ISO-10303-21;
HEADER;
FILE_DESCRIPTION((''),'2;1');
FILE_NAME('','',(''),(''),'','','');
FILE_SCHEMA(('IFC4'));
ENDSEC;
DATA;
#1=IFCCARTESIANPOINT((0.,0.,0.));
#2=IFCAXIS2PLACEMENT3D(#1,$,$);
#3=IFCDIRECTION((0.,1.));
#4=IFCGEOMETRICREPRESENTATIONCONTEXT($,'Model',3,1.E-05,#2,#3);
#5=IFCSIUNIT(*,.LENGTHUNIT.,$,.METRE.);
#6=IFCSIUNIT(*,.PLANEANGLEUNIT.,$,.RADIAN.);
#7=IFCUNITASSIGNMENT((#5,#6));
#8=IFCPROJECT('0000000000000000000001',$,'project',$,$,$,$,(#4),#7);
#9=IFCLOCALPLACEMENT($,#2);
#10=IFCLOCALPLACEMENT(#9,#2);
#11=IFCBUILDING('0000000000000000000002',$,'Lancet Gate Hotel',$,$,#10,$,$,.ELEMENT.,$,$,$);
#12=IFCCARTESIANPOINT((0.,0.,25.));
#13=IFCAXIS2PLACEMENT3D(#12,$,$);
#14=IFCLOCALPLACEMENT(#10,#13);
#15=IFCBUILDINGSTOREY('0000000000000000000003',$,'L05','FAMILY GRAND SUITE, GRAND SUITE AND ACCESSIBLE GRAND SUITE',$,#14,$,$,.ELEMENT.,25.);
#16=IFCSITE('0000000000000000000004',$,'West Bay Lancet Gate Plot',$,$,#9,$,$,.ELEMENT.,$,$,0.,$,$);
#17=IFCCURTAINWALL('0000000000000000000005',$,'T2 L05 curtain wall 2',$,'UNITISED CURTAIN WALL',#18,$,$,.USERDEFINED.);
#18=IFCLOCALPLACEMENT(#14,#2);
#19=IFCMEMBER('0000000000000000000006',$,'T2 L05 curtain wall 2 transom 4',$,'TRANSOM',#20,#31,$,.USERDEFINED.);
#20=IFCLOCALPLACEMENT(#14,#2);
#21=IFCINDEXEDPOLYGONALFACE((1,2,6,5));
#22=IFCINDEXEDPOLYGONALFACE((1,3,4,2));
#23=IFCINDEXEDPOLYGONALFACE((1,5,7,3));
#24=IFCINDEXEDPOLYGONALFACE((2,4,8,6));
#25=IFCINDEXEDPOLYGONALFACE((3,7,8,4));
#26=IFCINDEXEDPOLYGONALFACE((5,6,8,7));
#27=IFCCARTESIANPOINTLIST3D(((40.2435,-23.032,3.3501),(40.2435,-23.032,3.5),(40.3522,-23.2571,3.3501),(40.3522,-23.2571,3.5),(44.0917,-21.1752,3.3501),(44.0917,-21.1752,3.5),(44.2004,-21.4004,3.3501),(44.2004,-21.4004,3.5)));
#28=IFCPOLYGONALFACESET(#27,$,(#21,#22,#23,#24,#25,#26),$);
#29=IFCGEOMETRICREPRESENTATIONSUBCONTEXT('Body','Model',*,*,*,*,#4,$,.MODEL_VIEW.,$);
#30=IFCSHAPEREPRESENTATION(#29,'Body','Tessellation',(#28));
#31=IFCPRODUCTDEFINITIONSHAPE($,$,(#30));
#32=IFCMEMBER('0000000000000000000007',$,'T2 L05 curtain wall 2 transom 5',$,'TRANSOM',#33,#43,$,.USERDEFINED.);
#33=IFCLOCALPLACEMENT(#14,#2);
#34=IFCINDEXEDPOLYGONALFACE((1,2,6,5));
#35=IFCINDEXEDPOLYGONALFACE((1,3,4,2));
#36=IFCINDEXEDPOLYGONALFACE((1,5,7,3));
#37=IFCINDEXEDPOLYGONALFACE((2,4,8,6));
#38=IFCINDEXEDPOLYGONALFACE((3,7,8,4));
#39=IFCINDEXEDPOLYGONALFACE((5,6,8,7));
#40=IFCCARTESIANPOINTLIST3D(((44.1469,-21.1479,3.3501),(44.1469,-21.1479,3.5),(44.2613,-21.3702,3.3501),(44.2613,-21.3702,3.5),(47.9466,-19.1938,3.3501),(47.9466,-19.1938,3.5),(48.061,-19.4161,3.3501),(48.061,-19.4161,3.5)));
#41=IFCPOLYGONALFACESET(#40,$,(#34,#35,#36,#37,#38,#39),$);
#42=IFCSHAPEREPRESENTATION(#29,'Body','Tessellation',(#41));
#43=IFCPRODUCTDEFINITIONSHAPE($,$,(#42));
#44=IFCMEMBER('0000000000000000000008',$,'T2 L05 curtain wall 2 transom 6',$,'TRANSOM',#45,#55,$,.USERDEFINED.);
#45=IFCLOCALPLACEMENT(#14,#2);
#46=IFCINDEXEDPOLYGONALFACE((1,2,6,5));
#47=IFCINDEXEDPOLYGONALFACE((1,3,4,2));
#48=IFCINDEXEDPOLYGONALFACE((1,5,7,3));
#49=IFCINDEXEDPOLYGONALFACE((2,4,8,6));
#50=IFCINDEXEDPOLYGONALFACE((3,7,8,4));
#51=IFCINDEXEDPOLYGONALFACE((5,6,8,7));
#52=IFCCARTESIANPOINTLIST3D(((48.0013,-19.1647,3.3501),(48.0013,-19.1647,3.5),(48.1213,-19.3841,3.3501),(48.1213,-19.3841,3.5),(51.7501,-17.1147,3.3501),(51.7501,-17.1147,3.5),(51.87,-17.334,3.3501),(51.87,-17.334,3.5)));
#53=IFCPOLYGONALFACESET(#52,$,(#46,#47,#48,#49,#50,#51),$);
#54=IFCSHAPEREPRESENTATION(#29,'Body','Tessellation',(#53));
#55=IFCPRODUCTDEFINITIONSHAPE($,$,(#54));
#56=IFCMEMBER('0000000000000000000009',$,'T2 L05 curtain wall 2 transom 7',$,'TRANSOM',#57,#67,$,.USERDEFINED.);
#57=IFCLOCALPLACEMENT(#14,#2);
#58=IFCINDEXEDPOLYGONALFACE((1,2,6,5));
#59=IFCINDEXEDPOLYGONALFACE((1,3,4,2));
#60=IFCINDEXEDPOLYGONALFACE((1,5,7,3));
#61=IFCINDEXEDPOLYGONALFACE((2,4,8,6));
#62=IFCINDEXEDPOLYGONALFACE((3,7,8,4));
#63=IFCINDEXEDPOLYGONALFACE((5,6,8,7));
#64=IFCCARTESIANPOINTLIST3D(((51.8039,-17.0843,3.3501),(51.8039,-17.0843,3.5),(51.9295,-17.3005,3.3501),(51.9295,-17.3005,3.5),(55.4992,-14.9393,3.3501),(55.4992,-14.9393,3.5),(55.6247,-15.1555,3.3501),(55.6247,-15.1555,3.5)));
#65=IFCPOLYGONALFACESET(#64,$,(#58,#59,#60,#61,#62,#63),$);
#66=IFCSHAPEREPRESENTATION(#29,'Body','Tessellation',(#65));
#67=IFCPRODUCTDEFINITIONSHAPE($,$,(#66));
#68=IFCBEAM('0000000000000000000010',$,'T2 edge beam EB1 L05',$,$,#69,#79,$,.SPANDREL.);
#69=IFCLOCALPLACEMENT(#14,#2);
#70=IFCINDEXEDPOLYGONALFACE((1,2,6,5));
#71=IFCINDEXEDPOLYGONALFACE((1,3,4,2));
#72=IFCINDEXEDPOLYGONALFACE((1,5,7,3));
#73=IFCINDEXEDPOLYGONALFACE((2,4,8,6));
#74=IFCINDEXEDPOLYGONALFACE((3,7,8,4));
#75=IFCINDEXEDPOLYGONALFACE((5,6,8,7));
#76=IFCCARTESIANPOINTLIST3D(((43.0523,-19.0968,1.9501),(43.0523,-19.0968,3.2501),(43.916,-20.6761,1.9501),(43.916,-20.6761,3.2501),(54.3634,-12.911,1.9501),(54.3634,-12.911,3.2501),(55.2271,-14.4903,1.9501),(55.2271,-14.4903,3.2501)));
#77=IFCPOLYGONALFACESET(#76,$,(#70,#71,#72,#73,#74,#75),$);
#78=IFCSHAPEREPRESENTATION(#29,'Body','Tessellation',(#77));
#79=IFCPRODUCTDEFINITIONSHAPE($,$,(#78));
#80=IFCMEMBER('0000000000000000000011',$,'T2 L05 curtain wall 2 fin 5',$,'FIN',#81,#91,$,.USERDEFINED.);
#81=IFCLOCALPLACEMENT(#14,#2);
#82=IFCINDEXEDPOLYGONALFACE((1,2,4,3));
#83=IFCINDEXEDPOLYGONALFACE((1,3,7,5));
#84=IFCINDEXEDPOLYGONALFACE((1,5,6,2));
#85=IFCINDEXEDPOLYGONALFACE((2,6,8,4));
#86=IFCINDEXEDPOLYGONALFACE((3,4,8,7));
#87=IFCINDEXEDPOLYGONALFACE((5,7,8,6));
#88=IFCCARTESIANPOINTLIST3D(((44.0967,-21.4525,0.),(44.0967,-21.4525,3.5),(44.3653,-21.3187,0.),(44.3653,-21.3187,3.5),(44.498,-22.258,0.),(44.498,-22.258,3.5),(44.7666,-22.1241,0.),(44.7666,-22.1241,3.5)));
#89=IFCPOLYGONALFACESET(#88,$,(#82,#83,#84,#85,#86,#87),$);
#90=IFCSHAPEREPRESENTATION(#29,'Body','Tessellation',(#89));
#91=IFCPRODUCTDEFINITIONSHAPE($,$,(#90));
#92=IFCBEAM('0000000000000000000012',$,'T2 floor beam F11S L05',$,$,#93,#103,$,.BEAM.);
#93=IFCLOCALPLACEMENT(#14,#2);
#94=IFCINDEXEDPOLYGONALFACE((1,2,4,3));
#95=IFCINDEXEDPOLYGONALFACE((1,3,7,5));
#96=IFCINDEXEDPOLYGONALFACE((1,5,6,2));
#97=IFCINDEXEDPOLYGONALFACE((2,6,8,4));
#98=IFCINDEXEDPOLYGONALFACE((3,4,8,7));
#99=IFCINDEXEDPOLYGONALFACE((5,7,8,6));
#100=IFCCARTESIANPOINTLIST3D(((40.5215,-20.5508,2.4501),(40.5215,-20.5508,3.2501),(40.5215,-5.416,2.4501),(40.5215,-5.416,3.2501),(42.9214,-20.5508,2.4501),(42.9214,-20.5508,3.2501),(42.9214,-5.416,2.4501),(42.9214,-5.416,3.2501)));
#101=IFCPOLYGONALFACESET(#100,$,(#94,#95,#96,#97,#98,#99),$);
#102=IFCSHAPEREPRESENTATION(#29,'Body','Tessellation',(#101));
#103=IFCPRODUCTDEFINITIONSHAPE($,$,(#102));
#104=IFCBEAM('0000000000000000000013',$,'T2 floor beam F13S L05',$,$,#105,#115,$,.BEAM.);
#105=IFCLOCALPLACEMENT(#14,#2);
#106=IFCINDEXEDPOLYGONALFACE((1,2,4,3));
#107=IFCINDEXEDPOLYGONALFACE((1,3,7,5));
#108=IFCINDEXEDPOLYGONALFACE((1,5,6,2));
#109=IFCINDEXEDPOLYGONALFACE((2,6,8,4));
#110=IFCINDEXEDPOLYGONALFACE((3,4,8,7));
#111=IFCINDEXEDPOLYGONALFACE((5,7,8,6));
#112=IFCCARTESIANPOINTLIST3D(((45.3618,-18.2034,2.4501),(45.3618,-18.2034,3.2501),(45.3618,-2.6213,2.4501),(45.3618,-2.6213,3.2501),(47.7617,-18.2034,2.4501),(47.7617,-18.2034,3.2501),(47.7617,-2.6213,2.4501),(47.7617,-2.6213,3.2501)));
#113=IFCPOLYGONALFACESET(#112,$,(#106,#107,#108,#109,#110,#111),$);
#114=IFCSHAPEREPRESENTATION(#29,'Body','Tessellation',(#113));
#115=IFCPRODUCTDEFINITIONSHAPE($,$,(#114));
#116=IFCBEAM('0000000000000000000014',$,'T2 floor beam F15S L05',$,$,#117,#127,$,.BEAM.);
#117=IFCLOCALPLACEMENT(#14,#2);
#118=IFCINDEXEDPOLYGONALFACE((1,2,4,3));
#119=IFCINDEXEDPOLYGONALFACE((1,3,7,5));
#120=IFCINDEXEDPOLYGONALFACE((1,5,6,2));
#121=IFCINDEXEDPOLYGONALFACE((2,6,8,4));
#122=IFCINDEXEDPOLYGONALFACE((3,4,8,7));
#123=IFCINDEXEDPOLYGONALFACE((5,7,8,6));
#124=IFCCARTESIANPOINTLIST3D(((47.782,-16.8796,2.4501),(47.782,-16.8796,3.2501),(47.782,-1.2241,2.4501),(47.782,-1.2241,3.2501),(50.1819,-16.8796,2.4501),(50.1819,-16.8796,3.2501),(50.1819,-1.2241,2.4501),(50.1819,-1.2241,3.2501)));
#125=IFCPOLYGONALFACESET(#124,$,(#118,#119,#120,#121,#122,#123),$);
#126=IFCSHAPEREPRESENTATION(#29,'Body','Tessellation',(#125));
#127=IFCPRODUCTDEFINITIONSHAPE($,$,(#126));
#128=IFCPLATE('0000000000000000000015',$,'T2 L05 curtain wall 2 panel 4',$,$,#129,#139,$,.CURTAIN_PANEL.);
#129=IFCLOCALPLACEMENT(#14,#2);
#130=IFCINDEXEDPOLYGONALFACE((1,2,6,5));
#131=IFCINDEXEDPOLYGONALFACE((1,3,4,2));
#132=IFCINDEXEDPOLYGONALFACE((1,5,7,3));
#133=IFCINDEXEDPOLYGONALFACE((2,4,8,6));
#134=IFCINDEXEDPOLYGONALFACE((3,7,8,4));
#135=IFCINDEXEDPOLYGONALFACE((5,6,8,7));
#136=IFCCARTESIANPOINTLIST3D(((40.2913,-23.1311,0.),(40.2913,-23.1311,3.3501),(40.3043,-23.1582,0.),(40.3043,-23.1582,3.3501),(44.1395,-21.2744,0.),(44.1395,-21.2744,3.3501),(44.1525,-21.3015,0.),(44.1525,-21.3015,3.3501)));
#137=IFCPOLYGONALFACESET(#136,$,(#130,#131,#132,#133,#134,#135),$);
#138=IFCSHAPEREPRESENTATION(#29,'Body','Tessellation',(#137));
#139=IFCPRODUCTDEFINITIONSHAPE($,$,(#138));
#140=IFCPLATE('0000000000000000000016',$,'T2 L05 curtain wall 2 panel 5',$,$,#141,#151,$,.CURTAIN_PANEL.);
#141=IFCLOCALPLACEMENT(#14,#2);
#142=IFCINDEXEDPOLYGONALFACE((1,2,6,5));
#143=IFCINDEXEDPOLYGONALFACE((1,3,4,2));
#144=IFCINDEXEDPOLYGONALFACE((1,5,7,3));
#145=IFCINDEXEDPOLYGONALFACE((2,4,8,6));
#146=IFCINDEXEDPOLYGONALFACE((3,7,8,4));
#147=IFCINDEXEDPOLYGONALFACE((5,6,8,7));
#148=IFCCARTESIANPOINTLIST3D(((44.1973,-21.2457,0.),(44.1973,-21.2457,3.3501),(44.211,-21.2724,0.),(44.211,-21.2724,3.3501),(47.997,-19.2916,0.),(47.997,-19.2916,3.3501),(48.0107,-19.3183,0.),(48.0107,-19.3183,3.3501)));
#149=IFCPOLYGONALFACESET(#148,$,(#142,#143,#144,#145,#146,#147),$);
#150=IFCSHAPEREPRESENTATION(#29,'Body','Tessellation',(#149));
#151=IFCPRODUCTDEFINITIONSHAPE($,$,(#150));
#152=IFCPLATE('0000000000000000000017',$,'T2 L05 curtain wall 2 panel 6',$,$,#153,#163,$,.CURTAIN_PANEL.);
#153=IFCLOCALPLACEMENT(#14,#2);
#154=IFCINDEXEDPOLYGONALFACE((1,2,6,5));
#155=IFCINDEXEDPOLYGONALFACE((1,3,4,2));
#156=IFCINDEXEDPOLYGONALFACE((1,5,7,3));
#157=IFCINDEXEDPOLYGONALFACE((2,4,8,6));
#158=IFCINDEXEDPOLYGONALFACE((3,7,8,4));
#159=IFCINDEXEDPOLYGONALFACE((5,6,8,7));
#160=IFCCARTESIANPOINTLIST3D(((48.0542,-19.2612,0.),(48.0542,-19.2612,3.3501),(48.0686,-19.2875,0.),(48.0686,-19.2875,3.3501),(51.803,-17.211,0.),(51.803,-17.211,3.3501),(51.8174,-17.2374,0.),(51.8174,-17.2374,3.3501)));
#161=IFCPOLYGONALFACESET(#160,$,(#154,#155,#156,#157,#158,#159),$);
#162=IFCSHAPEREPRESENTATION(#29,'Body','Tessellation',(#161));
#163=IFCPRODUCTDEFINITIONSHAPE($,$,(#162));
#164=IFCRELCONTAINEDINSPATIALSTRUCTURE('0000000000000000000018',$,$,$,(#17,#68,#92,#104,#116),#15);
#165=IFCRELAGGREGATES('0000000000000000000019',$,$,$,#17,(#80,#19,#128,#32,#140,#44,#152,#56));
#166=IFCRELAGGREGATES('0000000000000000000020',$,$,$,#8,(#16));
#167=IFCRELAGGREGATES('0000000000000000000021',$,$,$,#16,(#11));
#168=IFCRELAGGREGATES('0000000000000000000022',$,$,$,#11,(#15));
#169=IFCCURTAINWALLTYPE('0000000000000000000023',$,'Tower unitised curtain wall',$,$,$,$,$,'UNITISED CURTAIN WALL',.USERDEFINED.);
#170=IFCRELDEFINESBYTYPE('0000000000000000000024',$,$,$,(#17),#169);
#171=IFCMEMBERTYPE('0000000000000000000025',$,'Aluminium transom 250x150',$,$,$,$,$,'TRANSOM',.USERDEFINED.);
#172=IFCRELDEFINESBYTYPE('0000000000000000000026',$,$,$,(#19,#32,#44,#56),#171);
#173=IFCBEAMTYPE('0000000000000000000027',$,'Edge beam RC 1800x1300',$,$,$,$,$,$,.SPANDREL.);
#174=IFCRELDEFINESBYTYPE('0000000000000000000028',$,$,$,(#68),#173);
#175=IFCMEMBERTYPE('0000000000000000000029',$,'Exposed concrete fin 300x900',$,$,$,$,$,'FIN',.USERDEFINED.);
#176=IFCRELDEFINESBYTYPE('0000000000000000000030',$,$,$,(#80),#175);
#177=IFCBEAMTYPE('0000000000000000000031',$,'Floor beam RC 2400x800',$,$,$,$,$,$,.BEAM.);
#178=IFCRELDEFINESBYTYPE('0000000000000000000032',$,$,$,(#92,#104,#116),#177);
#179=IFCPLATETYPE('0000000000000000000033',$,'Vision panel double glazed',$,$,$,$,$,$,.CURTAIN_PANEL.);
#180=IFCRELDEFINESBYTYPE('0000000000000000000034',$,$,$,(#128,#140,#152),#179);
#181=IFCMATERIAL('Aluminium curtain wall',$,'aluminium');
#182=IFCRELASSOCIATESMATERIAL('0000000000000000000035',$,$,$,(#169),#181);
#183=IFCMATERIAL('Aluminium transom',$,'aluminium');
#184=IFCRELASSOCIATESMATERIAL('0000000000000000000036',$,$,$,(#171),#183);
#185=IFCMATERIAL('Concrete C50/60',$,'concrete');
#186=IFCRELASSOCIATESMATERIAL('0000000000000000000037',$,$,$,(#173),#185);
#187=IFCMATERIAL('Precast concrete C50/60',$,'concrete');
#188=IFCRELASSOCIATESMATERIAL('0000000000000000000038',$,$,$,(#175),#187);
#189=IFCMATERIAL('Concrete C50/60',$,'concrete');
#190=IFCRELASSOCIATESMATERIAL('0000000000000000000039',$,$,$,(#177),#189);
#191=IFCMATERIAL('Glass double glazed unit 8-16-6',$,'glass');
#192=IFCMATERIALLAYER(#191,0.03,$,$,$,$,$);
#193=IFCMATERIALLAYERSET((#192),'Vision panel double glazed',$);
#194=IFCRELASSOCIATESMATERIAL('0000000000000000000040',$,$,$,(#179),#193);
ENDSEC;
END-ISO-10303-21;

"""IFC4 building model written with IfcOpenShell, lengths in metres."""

from ifc_helpers import new_model, si_unit, direction, frame, origin, origin_2d, place, context, subcontext, project, spatial, rectangle, extrude, material, layer, layer_set, material_profile, profile_set, type_object, element, aggregate, save


model = new_model("IFC4")

# Units and contexts
model_context = context("Model", 3, precision=1e-05, world=origin(), true_north=direction((0.0, 1.0)))
body_context = subcontext(model_context, "Body", "Model", "MODEL_VIEW")
ifc_project = project(units=[si_unit("LENGTHUNIT", "METRE"), si_unit("PLANEANGLEUNIT", "RADIAN")], contexts=[model_context])

# Site, building, storey
site_placement = place(None, origin())
site = spatial("IfcSite", under=ifc_project, at=site_placement, Name="West Bay Lancet Gate Plot", CompositionType="ELEMENT", RefElevation=0.0)
building_placement = place(site_placement, origin())
building = spatial("IfcBuilding", under=site, at=building_placement, Name="Lancet Gate Hotel", CompositionType="ELEMENT")
storey_placement = place(building_placement, frame((0.0, 0.0, 25.0)))
storey = spatial("IfcBuildingStorey", under=building, at=storey_placement, Name="L05", Description="FAMILY GRAND SUITE, GRAND SUITE AND ACCESSIBLE GRAND SUITE", CompositionType="ELEMENT", Elevation=25.0)

# Curtain wall, members
ifc_material_1 = material(Name="Aluminium curtain wall", Category="aluminium")
curtain_wall_type = type_object("IfcCurtainWallType", Name="Tower unitised curtain wall", ElementType="UNITISED CURTAIN WALL", PredefinedType="USERDEFINED", material=ifc_material_1)
curtain_wall_placement = place(storey_placement, origin())
curtain_wall = element("IfcCurtainWall", 1, at=curtain_wall_placement, inside=storey, type_object=curtain_wall_type, Name="T2 L05 curtain wall 2", ObjectType="UNITISED CURTAIN WALL", PredefinedType="USERDEFINED")
ifc_material_2 = material(Name="Aluminium transom", Category="aluminium")
ifc_material_profile_1 = material_profile(ifc_material_2, rectangle(XDim=0.25, YDim=0.1499, at=origin_2d()), Name="TRANSOM 250x150")
ifc_profile_set_1 = profile_set([ifc_material_profile_1], Name="Aluminium transom")
member_type_1 = type_object("IfcMemberType", Name="Aluminium transom 250x150", ElementType="TRANSOM", PredefinedType="USERDEFINED", material=ifc_profile_set_1)
member_1_placement = place(storey_placement, frame((40.2979, -23.1445, 3.425), z_axis=(0.900646, 0.434553, 0.0), x_axis=(-0.434553, 0.900646, 0.0)))
member_1 = element("IfcMember", 2, at=member_1_placement, type_object=member_type_1, Name="T2 L05 curtain wall 2 transom 4", ObjectType="TRANSOM", PredefinedType="USERDEFINED", context=body_context, shape_type="SweptSolid", body=[
    extrude(rectangle(XDim=0.25, YDim=0.1499, at=origin_2d()), origin(), (0.0, 0.0, 1.0), 4.2727),
])
member_2_placement = place(storey_placement, frame((44.2041, -21.259, 3.425), z_axis=(0.889296, 0.457333, 0.0), x_axis=(-0.457333, 0.889296, 0.0)))
member_2 = element("IfcMember", 3, at=member_2_placement, type_object=member_type_1, Name="T2 L05 curtain wall 2 transom 5", ObjectType="TRANSOM", PredefinedType="USERDEFINED", context=body_context, shape_type="SweptSolid", body=[
    extrude(rectangle(XDim=0.25, YDim=0.1499, at=origin_2d()), origin(), (0.0, 0.0, 1.0), 4.2727),
])
member_3_placement = place(storey_placement, frame((48.0613, -19.2744, 3.425), z_axis=(0.877378, 0.479801, 0.0), x_axis=(-0.479801, 0.877378, 0.0)))
member_3 = element("IfcMember", 4, at=member_3_placement, type_object=member_type_1, Name="T2 L05 curtain wall 2 transom 6", ObjectType="TRANSOM", PredefinedType="USERDEFINED", context=body_context, shape_type="SweptSolid", body=[
    extrude(rectangle(XDim=0.25, YDim=0.1499, at=origin_2d()), origin(), (0.0, 0.0, 1.0), 4.2727),
])
member_4_placement = place(storey_placement, frame((51.8667, -17.1924, 3.425), z_axis=(0.864855, 0.502022, 0.0), x_axis=(-0.502022, 0.864855, 0.0)))
member_4 = element("IfcMember", 5, at=member_4_placement, type_object=member_type_1, Name="T2 L05 curtain wall 2 transom 7", ObjectType="TRANSOM", PredefinedType="USERDEFINED", context=body_context, shape_type="SweptSolid", body=[
    extrude(rectangle(XDim=0.25, YDim=0.1499, at=origin_2d()), origin(), (0.0, 0.0, 1.0), 4.2727),
])

# Beam
ifc_material_3 = material(Name="Concrete C50/60", Category="concrete")
ifc_material_profile_2 = material_profile(ifc_material_3, rectangle(XDim=1.8, YDim=1.3, at=origin_2d()), Name="RC 1800x1300")
ifc_profile_set_2 = profile_set([ifc_material_profile_2], Name="Concrete C50/60")
beam_type_1 = type_object("IfcBeamType", Name="Edge beam RC 1800x1300", PredefinedType="SPANDREL", material=ifc_profile_set_2)
beam_1_placement = place(storey_placement, frame((43.4841, -19.8865, 2.6001), z_axis=(0.877369, 0.479816, 0.0), x_axis=(-0.479816, 0.877369, 0.0)))
element("IfcBeam", 6, at=beam_1_placement, inside=storey, type_object=beam_type_1, Name="T2 edge beam EB1 L05", PredefinedType="SPANDREL", context=body_context, shape_type="SweptSolid", body=[
    extrude(rectangle(XDim=1.8, YDim=1.3, at=origin_2d()), origin(), (0.0, 0.0, 1.0), 12.8921),
])

# Member
ifc_material_4 = material(Name="Precast concrete C50/60", Category="concrete")
ifc_material_profile_3 = material_profile(ifc_material_4, rectangle(XDim=0.3, YDim=0.8999, at=origin_2d()), Name="FIN 300x900")
ifc_profile_set_3 = profile_set([ifc_material_profile_3], Name="Precast concrete C50/60")
member_type_2 = type_object("IfcMemberType", Name="Exposed concrete fin 300x900", ElementType="FIN", PredefinedType="USERDEFINED", material=ifc_profile_set_3)
member_5_placement = place(storey_placement, frame((44.4316, -21.7883, 0.0), z_axis=(0.0, 0.0, 1.0), x_axis=(0.895044, 0.445978, 0.0)))
member_5 = element("IfcMember", 7, at=member_5_placement, type_object=member_type_2, Name="T2 L05 curtain wall 2 fin 5", ObjectType="FIN", PredefinedType="USERDEFINED", context=body_context, shape_type="SweptSolid", body=[
    extrude(rectangle(XDim=0.3, YDim=0.8999, at=origin_2d()), origin(), (0.0, 0.0, 1.0), 3.5),
])

# Beams
ifc_material_5 = material(Name="Concrete C50/60", Category="concrete")
ifc_material_profile_4 = material_profile(ifc_material_5, rectangle(XDim=2.3999, YDim=0.8, at=origin_2d()), Name="RC 2400x800")
ifc_profile_set_4 = profile_set([ifc_material_profile_4], Name="Concrete C50/60")
beam_type_2 = type_object("IfcBeamType", Name="Floor beam RC 2400x800", PredefinedType="BEAM", material=ifc_profile_set_4)
beam_2_placement = place(storey_placement, frame((41.7214, -20.5508, 2.8501), z_axis=(0.0, 1.0, 0.0), x_axis=(-1.0, 0.0, 0.0)))
element("IfcBeam", 8, at=beam_2_placement, inside=storey, type_object=beam_type_2, Name="T2 floor beam F11S L05", PredefinedType="BEAM", context=body_context, shape_type="SweptSolid", body=[
    extrude(rectangle(XDim=2.3999, YDim=0.8, at=origin_2d()), origin(), (0.0, 0.0, 1.0), 15.1348),
])
beam_3_placement = place(storey_placement, frame((46.5618, -18.2034, 2.8501), z_axis=(0.0, 1.0, 0.0), x_axis=(-1.0, 0.0, 0.0)))
element("IfcBeam", 9, at=beam_3_placement, inside=storey, type_object=beam_type_2, Name="T2 floor beam F13S L05", PredefinedType="BEAM", context=body_context, shape_type="SweptSolid", body=[
    extrude(rectangle(XDim=2.3999, YDim=0.8, at=origin_2d()), origin(), (0.0, 0.0, 1.0), 15.582),
])
beam_4_placement = place(storey_placement, frame((48.9819, -16.8796, 2.8501), z_axis=(0.0, 1.0, 0.0), x_axis=(-1.0, 0.0, 0.0)))
element("IfcBeam", 10, at=beam_4_placement, inside=storey, type_object=beam_type_2, Name="T2 floor beam F15S L05", PredefinedType="BEAM", context=body_context, shape_type="SweptSolid", body=[
    extrude(rectangle(XDim=2.3999, YDim=0.8, at=origin_2d()), origin(), (0.0, 0.0, 1.0), 15.6555),
])

# Plates
ifc_material_6 = material(Name="Glass double glazed unit 8-16-6", Category="glass")
ifc_layer = layer(ifc_material_6, 0.03)
ifc_layer_set = layer_set([ifc_layer], Name="Vision panel double glazed")
plate_type = type_object("IfcPlateType", Name="Vision panel double glazed", PredefinedType="CURTAIN_PANEL", material=ifc_layer_set)
plate_1_placement = place(storey_placement, frame((42.2219, -22.2163, 0.0), z_axis=(0.0, 0.0, 1.0), x_axis=(0.900647, 0.43455, 0.0)))
plate_1 = element("IfcPlate", 11, at=plate_1_placement, type_object=plate_type, Name="T2 L05 curtain wall 2 panel 4", PredefinedType="CURTAIN_PANEL", context=body_context, shape_type="SweptSolid", body=[
    extrude(rectangle(XDim=4.2727, YDim=0.03, at=origin_2d()), origin(), (0.0, 0.0, 1.0), 3.3501),
])
plate_2_placement = place(storey_placement, frame((46.104, -20.282, 0.0), z_axis=(0.0, 0.0, 1.0), x_axis=(0.889296, 0.457332, 0.0)))
plate_2 = element("IfcPlate", 12, at=plate_2_placement, type_object=plate_type, Name="T2 L05 curtain wall 2 panel 5", PredefinedType="CURTAIN_PANEL", context=body_context, shape_type="SweptSolid", body=[
    extrude(rectangle(XDim=4.2727, YDim=0.03, at=origin_2d()), origin(), (0.0, 0.0, 1.0), 3.3501),
])
plate_3_placement = place(storey_placement, frame((49.9358, -18.2493, 0.0), z_axis=(0.0, 0.0, 1.0), x_axis=(0.877368, 0.479818, 0.0)))
plate_3 = element("IfcPlate", 13, at=plate_3_placement, type_object=plate_type, Name="T2 L05 curtain wall 2 panel 6", PredefinedType="CURTAIN_PANEL", context=body_context, shape_type="SweptSolid", body=[
    extrude(rectangle(XDim=4.2727, YDim=0.03, at=origin_2d()), origin(), (0.0, 0.0, 1.0), 3.3501),
])
aggregate(curtain_wall, [member_5, member_1, plate_1, member_2, plate_2, member_3, plate_3, member_4])

save(model, "model.ifc")
